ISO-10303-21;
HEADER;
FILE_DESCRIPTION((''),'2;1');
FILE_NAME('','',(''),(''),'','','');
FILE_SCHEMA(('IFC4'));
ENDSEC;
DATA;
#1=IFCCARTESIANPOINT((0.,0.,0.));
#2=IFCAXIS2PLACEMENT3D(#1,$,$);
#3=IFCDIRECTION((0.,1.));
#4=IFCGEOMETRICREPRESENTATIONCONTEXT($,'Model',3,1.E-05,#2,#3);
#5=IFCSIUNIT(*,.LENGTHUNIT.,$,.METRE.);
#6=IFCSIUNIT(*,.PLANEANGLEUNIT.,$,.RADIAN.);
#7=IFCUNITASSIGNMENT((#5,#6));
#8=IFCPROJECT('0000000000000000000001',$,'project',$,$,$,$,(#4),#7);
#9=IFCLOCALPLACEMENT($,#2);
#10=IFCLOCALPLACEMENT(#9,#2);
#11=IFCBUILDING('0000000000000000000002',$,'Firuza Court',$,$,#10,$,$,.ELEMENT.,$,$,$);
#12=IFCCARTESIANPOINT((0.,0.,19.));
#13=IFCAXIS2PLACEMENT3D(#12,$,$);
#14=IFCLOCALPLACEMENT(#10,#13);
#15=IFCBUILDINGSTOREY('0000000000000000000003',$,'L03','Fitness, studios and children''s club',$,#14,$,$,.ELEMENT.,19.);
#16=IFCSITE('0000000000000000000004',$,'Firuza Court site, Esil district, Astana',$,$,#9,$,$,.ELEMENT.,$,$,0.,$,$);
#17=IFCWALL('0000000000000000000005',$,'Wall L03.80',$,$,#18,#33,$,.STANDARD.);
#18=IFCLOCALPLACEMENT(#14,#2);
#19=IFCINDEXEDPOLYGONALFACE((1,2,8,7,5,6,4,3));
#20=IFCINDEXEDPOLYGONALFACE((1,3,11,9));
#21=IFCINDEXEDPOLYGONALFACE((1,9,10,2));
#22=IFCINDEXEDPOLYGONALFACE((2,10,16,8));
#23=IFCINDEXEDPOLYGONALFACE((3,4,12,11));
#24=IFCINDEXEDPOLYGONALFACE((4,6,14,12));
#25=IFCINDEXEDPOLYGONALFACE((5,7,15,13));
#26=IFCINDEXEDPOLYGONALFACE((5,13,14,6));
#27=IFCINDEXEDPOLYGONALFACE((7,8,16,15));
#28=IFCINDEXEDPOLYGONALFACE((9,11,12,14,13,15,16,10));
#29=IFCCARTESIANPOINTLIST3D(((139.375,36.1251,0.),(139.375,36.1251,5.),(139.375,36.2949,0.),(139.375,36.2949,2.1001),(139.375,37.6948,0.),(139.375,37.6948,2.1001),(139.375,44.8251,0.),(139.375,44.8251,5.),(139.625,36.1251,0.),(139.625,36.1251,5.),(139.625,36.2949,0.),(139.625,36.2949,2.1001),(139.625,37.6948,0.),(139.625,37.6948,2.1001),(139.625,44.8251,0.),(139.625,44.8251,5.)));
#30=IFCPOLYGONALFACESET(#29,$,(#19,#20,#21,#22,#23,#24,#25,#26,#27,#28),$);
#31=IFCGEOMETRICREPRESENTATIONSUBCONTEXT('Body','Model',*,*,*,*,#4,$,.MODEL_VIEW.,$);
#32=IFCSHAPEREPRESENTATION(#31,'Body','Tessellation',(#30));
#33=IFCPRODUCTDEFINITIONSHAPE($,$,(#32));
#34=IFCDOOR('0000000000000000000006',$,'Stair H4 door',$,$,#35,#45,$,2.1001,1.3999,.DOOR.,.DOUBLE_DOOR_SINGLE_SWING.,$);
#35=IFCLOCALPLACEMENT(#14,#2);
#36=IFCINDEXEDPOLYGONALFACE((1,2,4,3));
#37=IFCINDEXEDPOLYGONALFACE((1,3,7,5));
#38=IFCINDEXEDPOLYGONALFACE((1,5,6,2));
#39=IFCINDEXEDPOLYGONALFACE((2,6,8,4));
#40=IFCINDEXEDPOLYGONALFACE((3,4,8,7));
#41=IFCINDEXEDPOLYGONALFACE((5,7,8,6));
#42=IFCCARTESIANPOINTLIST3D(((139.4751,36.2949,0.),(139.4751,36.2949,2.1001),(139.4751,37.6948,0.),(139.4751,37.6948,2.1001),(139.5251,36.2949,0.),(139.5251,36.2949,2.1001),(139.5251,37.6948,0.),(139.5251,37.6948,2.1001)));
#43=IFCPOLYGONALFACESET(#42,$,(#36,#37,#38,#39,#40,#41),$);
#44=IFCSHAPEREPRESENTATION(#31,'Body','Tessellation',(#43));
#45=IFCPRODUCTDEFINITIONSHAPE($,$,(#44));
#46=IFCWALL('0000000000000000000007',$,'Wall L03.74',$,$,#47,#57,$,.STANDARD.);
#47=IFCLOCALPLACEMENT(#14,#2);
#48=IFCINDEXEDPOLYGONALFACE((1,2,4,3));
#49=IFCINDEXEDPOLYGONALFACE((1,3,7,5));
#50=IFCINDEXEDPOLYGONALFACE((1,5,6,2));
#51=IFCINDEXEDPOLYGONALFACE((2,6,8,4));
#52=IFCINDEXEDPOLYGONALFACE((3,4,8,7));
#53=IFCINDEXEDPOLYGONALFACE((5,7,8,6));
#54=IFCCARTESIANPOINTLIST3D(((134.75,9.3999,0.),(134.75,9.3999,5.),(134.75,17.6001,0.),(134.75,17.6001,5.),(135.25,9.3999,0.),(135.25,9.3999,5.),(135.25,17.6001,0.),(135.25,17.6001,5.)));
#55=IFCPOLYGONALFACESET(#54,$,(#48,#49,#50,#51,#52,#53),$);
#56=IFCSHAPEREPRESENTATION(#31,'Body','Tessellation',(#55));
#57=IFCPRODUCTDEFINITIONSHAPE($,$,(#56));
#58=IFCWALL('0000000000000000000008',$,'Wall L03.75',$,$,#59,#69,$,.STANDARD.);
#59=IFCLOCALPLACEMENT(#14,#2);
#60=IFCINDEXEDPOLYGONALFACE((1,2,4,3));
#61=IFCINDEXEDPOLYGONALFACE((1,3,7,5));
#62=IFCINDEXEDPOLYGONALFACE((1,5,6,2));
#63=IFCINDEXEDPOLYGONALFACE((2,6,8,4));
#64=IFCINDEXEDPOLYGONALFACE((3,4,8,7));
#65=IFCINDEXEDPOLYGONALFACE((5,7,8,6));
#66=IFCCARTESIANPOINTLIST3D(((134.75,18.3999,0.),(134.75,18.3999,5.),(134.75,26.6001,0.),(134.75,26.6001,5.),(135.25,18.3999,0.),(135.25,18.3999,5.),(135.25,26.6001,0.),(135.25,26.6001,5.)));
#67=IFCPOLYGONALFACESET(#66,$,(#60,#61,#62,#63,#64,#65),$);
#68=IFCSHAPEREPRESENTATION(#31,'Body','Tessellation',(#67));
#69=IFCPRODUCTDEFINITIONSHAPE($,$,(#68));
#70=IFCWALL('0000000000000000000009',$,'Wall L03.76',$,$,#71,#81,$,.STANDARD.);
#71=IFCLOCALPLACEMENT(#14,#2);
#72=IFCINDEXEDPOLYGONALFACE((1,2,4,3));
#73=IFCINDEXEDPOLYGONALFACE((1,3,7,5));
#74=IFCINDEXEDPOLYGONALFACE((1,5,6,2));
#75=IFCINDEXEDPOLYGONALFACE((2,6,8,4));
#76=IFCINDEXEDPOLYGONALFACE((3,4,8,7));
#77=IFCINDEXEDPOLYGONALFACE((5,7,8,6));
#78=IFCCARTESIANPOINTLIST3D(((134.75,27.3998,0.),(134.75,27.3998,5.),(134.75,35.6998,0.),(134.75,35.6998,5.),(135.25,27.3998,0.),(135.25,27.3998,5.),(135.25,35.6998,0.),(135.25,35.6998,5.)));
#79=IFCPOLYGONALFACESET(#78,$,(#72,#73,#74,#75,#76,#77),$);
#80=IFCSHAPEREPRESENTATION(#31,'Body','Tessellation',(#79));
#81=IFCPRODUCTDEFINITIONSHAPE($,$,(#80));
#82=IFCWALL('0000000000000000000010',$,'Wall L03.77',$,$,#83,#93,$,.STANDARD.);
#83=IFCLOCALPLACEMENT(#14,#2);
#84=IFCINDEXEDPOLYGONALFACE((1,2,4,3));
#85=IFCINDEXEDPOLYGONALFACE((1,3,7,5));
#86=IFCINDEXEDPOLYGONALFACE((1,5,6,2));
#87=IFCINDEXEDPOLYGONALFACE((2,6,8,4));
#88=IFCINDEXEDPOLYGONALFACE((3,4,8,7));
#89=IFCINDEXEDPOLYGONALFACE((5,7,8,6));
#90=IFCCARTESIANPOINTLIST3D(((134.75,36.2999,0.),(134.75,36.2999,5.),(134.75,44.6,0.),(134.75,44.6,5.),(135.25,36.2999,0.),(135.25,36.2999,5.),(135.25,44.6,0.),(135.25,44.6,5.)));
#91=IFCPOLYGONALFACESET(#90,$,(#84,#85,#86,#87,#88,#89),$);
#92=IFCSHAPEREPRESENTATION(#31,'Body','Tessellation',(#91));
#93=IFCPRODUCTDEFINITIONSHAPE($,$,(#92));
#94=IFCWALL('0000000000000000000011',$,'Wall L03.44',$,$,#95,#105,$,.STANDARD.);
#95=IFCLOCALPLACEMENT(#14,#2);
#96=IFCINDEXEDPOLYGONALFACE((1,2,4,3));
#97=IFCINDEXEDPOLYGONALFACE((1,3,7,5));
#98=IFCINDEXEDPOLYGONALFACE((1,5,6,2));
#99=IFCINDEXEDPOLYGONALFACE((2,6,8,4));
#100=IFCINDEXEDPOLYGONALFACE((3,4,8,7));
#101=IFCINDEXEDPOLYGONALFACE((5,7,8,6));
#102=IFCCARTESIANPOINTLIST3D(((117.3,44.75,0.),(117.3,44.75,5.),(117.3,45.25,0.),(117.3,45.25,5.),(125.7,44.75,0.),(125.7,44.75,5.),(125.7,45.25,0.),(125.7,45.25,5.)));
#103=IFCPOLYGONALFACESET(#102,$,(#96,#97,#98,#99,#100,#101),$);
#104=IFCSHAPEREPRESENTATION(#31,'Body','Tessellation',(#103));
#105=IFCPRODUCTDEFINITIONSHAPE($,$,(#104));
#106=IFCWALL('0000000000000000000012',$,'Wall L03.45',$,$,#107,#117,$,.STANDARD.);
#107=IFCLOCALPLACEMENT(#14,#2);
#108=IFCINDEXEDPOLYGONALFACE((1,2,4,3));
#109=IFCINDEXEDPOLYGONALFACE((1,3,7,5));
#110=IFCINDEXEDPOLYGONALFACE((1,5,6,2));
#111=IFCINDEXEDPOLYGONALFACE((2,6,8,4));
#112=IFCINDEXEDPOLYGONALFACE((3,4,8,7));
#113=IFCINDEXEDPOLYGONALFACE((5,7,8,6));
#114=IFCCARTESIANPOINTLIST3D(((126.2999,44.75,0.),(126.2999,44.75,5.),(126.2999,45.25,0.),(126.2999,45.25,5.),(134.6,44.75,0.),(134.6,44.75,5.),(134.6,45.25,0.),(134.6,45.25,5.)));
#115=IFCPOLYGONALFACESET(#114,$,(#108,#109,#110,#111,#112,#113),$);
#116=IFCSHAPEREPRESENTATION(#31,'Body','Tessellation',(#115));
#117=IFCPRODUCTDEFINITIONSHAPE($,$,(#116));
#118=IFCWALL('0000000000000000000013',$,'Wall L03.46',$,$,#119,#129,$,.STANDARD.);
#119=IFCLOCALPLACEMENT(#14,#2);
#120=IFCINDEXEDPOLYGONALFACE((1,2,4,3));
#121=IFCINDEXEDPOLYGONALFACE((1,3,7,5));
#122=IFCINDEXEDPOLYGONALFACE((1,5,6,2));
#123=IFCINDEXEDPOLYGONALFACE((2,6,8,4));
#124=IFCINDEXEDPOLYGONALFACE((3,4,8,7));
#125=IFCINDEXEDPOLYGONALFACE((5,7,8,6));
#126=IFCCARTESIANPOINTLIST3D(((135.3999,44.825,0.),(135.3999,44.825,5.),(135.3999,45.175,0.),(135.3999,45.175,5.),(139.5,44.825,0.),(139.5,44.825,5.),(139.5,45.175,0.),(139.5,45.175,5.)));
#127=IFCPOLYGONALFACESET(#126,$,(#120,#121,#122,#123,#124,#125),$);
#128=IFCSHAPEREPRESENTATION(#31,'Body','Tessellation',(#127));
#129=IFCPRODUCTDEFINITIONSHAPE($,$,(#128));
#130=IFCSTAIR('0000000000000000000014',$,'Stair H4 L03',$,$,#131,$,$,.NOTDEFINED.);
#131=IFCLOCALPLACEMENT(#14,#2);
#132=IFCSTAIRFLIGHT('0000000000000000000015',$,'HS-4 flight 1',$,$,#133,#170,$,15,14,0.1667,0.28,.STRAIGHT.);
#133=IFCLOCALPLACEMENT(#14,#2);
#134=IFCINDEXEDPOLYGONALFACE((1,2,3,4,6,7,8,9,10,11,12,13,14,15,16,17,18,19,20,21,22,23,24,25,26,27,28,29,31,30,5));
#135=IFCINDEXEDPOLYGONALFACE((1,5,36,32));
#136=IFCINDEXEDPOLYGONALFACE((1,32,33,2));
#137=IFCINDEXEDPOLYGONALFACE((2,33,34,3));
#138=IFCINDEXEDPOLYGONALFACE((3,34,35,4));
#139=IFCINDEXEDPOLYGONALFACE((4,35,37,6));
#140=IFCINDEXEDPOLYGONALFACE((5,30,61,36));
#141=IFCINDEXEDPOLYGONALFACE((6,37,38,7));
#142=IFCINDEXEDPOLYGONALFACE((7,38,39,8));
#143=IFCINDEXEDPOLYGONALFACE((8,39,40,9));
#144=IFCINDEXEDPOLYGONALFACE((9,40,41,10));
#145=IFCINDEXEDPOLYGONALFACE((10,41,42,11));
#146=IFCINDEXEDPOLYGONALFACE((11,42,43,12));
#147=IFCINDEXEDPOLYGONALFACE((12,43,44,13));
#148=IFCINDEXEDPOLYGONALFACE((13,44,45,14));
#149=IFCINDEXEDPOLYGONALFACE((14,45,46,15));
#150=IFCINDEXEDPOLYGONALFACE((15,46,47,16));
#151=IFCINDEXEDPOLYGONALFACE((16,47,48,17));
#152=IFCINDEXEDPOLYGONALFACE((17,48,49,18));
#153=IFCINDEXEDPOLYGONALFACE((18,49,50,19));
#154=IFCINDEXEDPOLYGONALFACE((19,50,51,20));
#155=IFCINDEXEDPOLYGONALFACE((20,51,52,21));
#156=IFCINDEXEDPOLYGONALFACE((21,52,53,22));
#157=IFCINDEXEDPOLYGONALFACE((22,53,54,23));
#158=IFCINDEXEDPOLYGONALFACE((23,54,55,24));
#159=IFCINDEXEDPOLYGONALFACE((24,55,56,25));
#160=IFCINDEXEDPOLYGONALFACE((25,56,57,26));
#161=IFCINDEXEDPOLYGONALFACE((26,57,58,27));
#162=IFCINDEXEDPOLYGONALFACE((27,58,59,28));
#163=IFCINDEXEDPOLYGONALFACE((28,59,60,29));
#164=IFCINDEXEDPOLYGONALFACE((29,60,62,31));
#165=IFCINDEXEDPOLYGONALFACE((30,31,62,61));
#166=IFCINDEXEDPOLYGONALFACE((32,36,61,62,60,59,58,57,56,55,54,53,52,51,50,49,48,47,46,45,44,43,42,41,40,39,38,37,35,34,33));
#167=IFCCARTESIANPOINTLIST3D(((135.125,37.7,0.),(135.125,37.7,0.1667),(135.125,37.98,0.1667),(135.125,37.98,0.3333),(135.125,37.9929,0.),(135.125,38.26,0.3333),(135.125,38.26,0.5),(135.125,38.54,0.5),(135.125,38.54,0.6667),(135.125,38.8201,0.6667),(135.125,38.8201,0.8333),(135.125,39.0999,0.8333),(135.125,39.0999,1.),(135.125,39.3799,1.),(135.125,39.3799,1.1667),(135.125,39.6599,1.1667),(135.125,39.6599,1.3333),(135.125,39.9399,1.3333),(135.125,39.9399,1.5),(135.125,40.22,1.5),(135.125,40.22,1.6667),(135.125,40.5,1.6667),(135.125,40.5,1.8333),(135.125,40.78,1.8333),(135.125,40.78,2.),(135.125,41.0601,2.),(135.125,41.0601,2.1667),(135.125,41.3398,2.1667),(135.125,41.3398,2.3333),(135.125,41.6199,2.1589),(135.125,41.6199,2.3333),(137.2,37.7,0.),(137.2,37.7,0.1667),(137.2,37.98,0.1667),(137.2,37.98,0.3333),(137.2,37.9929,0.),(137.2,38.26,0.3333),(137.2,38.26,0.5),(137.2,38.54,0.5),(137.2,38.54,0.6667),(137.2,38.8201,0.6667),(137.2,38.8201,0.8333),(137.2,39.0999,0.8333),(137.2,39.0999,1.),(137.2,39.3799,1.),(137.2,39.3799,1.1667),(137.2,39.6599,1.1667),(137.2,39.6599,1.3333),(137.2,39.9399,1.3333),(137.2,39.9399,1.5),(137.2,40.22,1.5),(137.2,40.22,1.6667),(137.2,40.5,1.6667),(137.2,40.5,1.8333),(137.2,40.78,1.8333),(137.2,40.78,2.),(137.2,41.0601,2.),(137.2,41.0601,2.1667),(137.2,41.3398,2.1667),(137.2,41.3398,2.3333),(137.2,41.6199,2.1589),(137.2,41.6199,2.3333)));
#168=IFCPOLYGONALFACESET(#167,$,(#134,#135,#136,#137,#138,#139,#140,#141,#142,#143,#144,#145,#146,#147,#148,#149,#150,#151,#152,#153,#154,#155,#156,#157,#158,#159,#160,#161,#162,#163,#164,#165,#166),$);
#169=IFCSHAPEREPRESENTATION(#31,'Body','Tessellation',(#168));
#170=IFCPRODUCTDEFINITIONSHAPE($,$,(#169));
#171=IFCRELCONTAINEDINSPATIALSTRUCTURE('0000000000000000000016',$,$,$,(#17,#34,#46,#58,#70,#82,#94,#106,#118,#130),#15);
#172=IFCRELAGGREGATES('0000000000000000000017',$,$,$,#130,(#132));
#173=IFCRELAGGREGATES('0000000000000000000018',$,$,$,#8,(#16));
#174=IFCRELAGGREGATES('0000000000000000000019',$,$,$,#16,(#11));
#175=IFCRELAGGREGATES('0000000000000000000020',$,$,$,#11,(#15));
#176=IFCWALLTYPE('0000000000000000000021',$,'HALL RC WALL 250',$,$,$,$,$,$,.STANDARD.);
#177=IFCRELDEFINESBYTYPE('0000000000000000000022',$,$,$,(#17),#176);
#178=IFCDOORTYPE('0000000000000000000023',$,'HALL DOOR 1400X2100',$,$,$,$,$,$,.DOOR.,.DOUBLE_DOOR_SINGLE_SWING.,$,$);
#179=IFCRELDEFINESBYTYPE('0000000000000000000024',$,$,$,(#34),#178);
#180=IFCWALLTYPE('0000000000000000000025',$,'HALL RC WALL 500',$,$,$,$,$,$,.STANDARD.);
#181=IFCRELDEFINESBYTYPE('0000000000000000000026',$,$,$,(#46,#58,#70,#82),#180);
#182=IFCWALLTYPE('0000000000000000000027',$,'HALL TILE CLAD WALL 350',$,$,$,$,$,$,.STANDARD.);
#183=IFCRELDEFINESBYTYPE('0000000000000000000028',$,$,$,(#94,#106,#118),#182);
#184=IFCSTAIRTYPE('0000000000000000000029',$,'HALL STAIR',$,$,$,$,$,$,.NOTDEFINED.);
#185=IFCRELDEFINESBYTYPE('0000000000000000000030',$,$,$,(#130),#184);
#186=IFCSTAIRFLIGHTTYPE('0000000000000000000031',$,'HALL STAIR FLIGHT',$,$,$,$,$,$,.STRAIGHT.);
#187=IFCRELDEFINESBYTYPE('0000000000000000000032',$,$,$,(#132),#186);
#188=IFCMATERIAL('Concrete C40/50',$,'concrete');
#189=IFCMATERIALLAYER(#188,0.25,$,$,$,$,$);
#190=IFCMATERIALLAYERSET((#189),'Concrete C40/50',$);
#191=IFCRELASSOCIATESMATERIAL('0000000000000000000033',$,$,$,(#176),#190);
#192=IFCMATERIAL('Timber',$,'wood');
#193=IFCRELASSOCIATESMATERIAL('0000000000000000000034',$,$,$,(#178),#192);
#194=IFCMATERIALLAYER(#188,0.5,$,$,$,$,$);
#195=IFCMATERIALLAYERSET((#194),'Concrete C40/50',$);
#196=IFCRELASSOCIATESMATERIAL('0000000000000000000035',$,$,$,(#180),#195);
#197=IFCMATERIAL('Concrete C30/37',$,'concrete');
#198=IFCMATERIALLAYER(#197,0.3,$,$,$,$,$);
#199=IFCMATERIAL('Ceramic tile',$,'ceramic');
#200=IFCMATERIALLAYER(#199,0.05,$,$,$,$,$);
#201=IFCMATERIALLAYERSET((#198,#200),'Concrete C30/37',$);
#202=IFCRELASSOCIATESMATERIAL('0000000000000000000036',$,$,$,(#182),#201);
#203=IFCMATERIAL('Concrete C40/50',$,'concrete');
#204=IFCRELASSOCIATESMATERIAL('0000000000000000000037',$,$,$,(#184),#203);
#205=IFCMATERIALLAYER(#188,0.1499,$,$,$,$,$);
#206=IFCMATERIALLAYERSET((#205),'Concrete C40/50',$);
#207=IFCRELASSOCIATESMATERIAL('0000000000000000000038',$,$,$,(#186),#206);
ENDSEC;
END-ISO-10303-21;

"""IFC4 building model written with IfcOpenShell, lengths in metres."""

from ifc_helpers import new_model, si_unit, direction, frame, frame_2d, origin, place, context, subcontext, project, spatial, polyline, rectangle, outline, extrude, material, layer, layer_set, type_object, element, fill, aggregate, save


model = new_model("IFC4")

# Units and contexts
model_context = context("Model", 3, precision=1e-05, world=origin(), true_north=direction((0.0, 1.0)))
body_context = subcontext(model_context, "Body", "Model", "MODEL_VIEW")
ifc_project = project(units=[si_unit("LENGTHUNIT", "METRE"), si_unit("PLANEANGLEUNIT", "RADIAN")], contexts=[model_context])

# Site, building, storey
site_placement = place(None, origin())
site = spatial("IfcSite", under=ifc_project, at=site_placement, Name="Firuza Court site, Esil district, Astana", CompositionType="ELEMENT", RefElevation=0.0)
building_placement = place(site_placement, origin())
building = spatial("IfcBuilding", under=site, at=building_placement, Name="Firuza Court", CompositionType="ELEMENT")
storey_placement = place(building_placement, frame((0.0, 0.0, 19.0)))
storey = spatial("IfcBuildingStorey", under=building, at=storey_placement, Name="L03", Description="Fitness, studios and children's club", CompositionType="ELEMENT", Elevation=19.0)

# Shared definitions
ifc_material_1 = material(Name="Concrete C40/50", Category="concrete")
ifc_layer_1 = layer(ifc_material_1, 0.25)
ifc_layer_set_1 = layer_set([ifc_layer_1], Name="Concrete C40/50")
wall_type_1 = type_object("IfcWallType", Name="HALL RC WALL 250", PredefinedType="STANDARD", material=ifc_layer_set_1)

# Wall, opening, door
ifc_material_2 = material(Name="Timber", Category="wood")
door_type = type_object("IfcDoorType", Name="HALL DOOR 1400X2100", OperationType="DOUBLE_DOOR_SINGLE_SWING", PredefinedType="DOOR", material=ifc_material_2)
wall_1_placement = place(storey_placement, frame((139.5, 36.125, 0.0), z_axis=(0.0, 0.0, 1.0), x_axis=(0.0, 1.0, 0.0)))
wall_1 = element("IfcWall", 1, at=wall_1_placement, inside=storey, type_object=wall_type_1, Name="Wall L03.80", PredefinedType="STANDARD", context=body_context, shape_type="SweptSolid", body=[
    extrude(rectangle(XDim=8.7, YDim=0.25, at=frame_2d((4.3501, 0.0))), origin(), (0.0, 0.0, 1.0), 5.0),
])
opening_1_placement = place(wall_1_placement, frame((0.1699, 0.0, 0.0)))
opening_1 = element("IfcOpeningElement", 2, at=opening_1_placement, cuts=wall_1, PredefinedType="OPENING", context=body_context, shape_type="SweptSolid", body=[
    extrude(rectangle(XDim=1.3999, YDim=2.1001, at=frame_2d((0.7, 1.05))), frame((0.0, 0.137, 0.0), z_axis=(0.0, -1.0, 0.0), x_axis=(1.0, 0.0, 0.0)), (0.0, 0.0, 1.0), 0.2739),
])
door_1_placement = place(opening_1_placement, origin())
door_1 = element("IfcDoor", 3, at=door_1_placement, inside=storey, type_object=door_type, Name="Stair H4 door", OperationType="DOUBLE_DOOR_SINGLE_SWING", OverallHeight=2.1001, OverallWidth=1.3999, PredefinedType="DOOR", context=body_context, shape_type="SweptSolid", body=[
    extrude(rectangle(XDim=1.3999, YDim=2.1001, at=frame_2d((0.7, 1.05))), frame((0.0, 0.0249, 0.0), z_axis=(0.0, -1.0, 0.0), x_axis=(1.0, 0.0, 0.0)), (0.0, 0.0, 1.0), 0.05),
])
fill(opening_1, door_1)

# Walls
ifc_layer_2 = layer(ifc_material_1, 0.5)
ifc_layer_set_2 = layer_set([ifc_layer_2], Name="Concrete C40/50")
wall_type_2 = type_object("IfcWallType", Name="HALL RC WALL 500", PredefinedType="STANDARD", material=ifc_layer_set_2)
for number, where, z_axis, x_axis, name in (
    (4, (135.0, 9.3999, 0.0), (0.0, 0.0, 1.0), (0.0, 1.0, 0.0), "Wall L03.74"),
    (5, (135.0, 18.3999, 0.0), (0.0, 0.0, 1.0), (0.0, 1.0, 0.0), "Wall L03.75"),
):
    element("IfcWall", number, at=place(storey_placement, frame(where, z_axis=z_axis, x_axis=x_axis)), inside=storey, type_object=wall_type_2, Name=name, PredefinedType="STANDARD", context=body_context, shape_type="SweptSolid", body=[
        extrude(rectangle(XDim=8.2002, YDim=0.5, at=frame_2d((4.1001, 0.0))), origin(), (0.0, 0.0, 1.0), 5.0),
    ])
for number, where, z_axis, x_axis, name in (
    (6, (135.0, 27.3999, 0.0), (0.0, 0.0, 1.0), (0.0, 1.0, 0.0), "Wall L03.76"),
    (7, (135.0, 36.3, 0.0), (0.0, 0.0, 1.0), (0.0, 1.0, 0.0), "Wall L03.77"),
):
    element("IfcWall", number, at=place(storey_placement, frame(where, z_axis=z_axis, x_axis=x_axis)), inside=storey, type_object=wall_type_2, Name=name, PredefinedType="STANDARD", context=body_context, shape_type="SweptSolid", body=[
        extrude(rectangle(XDim=8.3, YDim=0.5, at=frame_2d((4.1499, 0.0))), origin(), (0.0, 0.0, 1.0), 5.0),
    ])
ifc_material_3 = material(Name="Concrete C30/37", Category="concrete")
ifc_layer_3 = layer(ifc_material_3, 0.3)
ifc_material_4 = material(Name="Ceramic tile", Category="ceramic")
ifc_layer_4 = layer(ifc_material_4, 0.05)
ifc_layer_set_3 = layer_set([ifc_layer_3, ifc_layer_4], Name="Concrete C30/37")
wall_type_3 = type_object("IfcWallType", Name="HALL TILE CLAD WALL 350", PredefinedType="STANDARD", material=ifc_layer_set_3)
wall_2_placement = place(storey_placement, frame((117.3, 45.0, 0.0), z_axis=(0.0, 0.0, 1.0), x_axis=(1.0, 0.0, 0.0)))
element("IfcWall", 8, at=wall_2_placement, inside=storey, type_object=wall_type_3, Name="Wall L03.44", PredefinedType="STANDARD", context=body_context, shape_type="SweptSolid", body=[
    extrude(rectangle(XDim=8.3999, YDim=0.5, at=frame_2d((4.2, 0.0))), origin(), (0.0, 0.0, 1.0), 5.0),
])
wall_3_placement = place(storey_placement, frame((126.3, 45.0, 0.0), z_axis=(0.0, 0.0, 1.0), x_axis=(1.0, 0.0, 0.0)))
element("IfcWall", 9, at=wall_3_placement, inside=storey, type_object=wall_type_3, Name="Wall L03.45", PredefinedType="STANDARD", context=body_context, shape_type="SweptSolid", body=[
    extrude(rectangle(XDim=8.3, YDim=0.5, at=frame_2d((4.1499, 0.0))), origin(), (0.0, 0.0, 1.0), 5.0),
])
wall_4_placement = place(storey_placement, frame((135.3999, 45.0, 0.0), z_axis=(0.0, 0.0, 1.0), x_axis=(1.0, 0.0, 0.0)))
element("IfcWall", 10, at=wall_4_placement, inside=storey, type_object=wall_type_3, Name="Wall L03.46", PredefinedType="STANDARD", context=body_context, shape_type="SweptSolid", body=[
    extrude(rectangle(XDim=4.1001, YDim=0.3501, at=frame_2d((2.05, 0.0))), origin(), (0.0, 0.0, 1.0), 5.0),
])

# Stair, stair flight
ifc_material_5 = material(Name="Concrete C40/50", Category="concrete")
stair_type = type_object("IfcStairType", Name="HALL STAIR", PredefinedType="NOTDEFINED", material=ifc_material_5)
stair_placement = place(storey_placement, origin())
stair = element("IfcStair", 11, at=stair_placement, inside=storey, type_object=stair_type, Name="Stair H4 L03", PredefinedType="NOTDEFINED")
ifc_layer_5 = layer(ifc_material_1, 0.1499)
ifc_layer_set_4 = layer_set([ifc_layer_5], Name="Concrete C40/50")
stair_flight_type = type_object("IfcStairFlightType", Name="HALL STAIR FLIGHT", PredefinedType="STRAIGHT", material=ifc_layer_set_4)
stair_flight_1_placement = place(storey_placement, frame((136.1626, 37.7, 0.0), z_axis=(0.0, 0.0, 1.0), x_axis=(0.0, 1.0, 0.0)))
stair_flight_1 = element("IfcStairFlight", 12, at=stair_flight_1_placement, type_object=stair_flight_type, Name="HS-4 flight 1", NumberOfRisers=15, NumberOfTreads=14, PredefinedType="STRAIGHT", RiserHeight=0.1667, TreadLength=0.28, context=body_context, shape_type="SweptSolid", body=[
    extrude(outline(polyline([(0.0, 0.0), (0.0, 0.1667), (0.28, 0.1667), (0.28, 0.3333), (0.5601, 0.3333), (0.5601, 0.5), (0.8401, 0.5), (0.8401, 0.6667), (1.1201, 0.6667), (1.1201, 0.8333), (1.3999, 0.8333), (1.3999, 1.0), (1.6799, 1.0), (1.6799, 1.1667), (1.96, 1.1667), (1.96, 1.3333), (2.24, 1.3333), (2.24, 1.5), (2.52, 1.5), (2.52, 1.6667), (2.8, 1.6667), (2.8, 1.8333), (3.0801, 1.8333), (3.0801, 2.0), (3.3601, 2.0), (3.3601, 2.1667), (3.6399, 2.1667), (3.6399, 2.3333), (3.9199, 2.3333), (3.9199, 2.5), (3.9199, 2.1589), (0.293, 0.0), (0.0, 0.0)])), frame((0.0, 1.0376, 0.0), z_axis=(0.0, -1.0, 0.0), x_axis=(1.0, 0.0, 0.0)), (0.0, 0.0, 1.0), 2.075),
])
aggregate(stair, [stair_flight_1])

save(model, "model.ifc")
